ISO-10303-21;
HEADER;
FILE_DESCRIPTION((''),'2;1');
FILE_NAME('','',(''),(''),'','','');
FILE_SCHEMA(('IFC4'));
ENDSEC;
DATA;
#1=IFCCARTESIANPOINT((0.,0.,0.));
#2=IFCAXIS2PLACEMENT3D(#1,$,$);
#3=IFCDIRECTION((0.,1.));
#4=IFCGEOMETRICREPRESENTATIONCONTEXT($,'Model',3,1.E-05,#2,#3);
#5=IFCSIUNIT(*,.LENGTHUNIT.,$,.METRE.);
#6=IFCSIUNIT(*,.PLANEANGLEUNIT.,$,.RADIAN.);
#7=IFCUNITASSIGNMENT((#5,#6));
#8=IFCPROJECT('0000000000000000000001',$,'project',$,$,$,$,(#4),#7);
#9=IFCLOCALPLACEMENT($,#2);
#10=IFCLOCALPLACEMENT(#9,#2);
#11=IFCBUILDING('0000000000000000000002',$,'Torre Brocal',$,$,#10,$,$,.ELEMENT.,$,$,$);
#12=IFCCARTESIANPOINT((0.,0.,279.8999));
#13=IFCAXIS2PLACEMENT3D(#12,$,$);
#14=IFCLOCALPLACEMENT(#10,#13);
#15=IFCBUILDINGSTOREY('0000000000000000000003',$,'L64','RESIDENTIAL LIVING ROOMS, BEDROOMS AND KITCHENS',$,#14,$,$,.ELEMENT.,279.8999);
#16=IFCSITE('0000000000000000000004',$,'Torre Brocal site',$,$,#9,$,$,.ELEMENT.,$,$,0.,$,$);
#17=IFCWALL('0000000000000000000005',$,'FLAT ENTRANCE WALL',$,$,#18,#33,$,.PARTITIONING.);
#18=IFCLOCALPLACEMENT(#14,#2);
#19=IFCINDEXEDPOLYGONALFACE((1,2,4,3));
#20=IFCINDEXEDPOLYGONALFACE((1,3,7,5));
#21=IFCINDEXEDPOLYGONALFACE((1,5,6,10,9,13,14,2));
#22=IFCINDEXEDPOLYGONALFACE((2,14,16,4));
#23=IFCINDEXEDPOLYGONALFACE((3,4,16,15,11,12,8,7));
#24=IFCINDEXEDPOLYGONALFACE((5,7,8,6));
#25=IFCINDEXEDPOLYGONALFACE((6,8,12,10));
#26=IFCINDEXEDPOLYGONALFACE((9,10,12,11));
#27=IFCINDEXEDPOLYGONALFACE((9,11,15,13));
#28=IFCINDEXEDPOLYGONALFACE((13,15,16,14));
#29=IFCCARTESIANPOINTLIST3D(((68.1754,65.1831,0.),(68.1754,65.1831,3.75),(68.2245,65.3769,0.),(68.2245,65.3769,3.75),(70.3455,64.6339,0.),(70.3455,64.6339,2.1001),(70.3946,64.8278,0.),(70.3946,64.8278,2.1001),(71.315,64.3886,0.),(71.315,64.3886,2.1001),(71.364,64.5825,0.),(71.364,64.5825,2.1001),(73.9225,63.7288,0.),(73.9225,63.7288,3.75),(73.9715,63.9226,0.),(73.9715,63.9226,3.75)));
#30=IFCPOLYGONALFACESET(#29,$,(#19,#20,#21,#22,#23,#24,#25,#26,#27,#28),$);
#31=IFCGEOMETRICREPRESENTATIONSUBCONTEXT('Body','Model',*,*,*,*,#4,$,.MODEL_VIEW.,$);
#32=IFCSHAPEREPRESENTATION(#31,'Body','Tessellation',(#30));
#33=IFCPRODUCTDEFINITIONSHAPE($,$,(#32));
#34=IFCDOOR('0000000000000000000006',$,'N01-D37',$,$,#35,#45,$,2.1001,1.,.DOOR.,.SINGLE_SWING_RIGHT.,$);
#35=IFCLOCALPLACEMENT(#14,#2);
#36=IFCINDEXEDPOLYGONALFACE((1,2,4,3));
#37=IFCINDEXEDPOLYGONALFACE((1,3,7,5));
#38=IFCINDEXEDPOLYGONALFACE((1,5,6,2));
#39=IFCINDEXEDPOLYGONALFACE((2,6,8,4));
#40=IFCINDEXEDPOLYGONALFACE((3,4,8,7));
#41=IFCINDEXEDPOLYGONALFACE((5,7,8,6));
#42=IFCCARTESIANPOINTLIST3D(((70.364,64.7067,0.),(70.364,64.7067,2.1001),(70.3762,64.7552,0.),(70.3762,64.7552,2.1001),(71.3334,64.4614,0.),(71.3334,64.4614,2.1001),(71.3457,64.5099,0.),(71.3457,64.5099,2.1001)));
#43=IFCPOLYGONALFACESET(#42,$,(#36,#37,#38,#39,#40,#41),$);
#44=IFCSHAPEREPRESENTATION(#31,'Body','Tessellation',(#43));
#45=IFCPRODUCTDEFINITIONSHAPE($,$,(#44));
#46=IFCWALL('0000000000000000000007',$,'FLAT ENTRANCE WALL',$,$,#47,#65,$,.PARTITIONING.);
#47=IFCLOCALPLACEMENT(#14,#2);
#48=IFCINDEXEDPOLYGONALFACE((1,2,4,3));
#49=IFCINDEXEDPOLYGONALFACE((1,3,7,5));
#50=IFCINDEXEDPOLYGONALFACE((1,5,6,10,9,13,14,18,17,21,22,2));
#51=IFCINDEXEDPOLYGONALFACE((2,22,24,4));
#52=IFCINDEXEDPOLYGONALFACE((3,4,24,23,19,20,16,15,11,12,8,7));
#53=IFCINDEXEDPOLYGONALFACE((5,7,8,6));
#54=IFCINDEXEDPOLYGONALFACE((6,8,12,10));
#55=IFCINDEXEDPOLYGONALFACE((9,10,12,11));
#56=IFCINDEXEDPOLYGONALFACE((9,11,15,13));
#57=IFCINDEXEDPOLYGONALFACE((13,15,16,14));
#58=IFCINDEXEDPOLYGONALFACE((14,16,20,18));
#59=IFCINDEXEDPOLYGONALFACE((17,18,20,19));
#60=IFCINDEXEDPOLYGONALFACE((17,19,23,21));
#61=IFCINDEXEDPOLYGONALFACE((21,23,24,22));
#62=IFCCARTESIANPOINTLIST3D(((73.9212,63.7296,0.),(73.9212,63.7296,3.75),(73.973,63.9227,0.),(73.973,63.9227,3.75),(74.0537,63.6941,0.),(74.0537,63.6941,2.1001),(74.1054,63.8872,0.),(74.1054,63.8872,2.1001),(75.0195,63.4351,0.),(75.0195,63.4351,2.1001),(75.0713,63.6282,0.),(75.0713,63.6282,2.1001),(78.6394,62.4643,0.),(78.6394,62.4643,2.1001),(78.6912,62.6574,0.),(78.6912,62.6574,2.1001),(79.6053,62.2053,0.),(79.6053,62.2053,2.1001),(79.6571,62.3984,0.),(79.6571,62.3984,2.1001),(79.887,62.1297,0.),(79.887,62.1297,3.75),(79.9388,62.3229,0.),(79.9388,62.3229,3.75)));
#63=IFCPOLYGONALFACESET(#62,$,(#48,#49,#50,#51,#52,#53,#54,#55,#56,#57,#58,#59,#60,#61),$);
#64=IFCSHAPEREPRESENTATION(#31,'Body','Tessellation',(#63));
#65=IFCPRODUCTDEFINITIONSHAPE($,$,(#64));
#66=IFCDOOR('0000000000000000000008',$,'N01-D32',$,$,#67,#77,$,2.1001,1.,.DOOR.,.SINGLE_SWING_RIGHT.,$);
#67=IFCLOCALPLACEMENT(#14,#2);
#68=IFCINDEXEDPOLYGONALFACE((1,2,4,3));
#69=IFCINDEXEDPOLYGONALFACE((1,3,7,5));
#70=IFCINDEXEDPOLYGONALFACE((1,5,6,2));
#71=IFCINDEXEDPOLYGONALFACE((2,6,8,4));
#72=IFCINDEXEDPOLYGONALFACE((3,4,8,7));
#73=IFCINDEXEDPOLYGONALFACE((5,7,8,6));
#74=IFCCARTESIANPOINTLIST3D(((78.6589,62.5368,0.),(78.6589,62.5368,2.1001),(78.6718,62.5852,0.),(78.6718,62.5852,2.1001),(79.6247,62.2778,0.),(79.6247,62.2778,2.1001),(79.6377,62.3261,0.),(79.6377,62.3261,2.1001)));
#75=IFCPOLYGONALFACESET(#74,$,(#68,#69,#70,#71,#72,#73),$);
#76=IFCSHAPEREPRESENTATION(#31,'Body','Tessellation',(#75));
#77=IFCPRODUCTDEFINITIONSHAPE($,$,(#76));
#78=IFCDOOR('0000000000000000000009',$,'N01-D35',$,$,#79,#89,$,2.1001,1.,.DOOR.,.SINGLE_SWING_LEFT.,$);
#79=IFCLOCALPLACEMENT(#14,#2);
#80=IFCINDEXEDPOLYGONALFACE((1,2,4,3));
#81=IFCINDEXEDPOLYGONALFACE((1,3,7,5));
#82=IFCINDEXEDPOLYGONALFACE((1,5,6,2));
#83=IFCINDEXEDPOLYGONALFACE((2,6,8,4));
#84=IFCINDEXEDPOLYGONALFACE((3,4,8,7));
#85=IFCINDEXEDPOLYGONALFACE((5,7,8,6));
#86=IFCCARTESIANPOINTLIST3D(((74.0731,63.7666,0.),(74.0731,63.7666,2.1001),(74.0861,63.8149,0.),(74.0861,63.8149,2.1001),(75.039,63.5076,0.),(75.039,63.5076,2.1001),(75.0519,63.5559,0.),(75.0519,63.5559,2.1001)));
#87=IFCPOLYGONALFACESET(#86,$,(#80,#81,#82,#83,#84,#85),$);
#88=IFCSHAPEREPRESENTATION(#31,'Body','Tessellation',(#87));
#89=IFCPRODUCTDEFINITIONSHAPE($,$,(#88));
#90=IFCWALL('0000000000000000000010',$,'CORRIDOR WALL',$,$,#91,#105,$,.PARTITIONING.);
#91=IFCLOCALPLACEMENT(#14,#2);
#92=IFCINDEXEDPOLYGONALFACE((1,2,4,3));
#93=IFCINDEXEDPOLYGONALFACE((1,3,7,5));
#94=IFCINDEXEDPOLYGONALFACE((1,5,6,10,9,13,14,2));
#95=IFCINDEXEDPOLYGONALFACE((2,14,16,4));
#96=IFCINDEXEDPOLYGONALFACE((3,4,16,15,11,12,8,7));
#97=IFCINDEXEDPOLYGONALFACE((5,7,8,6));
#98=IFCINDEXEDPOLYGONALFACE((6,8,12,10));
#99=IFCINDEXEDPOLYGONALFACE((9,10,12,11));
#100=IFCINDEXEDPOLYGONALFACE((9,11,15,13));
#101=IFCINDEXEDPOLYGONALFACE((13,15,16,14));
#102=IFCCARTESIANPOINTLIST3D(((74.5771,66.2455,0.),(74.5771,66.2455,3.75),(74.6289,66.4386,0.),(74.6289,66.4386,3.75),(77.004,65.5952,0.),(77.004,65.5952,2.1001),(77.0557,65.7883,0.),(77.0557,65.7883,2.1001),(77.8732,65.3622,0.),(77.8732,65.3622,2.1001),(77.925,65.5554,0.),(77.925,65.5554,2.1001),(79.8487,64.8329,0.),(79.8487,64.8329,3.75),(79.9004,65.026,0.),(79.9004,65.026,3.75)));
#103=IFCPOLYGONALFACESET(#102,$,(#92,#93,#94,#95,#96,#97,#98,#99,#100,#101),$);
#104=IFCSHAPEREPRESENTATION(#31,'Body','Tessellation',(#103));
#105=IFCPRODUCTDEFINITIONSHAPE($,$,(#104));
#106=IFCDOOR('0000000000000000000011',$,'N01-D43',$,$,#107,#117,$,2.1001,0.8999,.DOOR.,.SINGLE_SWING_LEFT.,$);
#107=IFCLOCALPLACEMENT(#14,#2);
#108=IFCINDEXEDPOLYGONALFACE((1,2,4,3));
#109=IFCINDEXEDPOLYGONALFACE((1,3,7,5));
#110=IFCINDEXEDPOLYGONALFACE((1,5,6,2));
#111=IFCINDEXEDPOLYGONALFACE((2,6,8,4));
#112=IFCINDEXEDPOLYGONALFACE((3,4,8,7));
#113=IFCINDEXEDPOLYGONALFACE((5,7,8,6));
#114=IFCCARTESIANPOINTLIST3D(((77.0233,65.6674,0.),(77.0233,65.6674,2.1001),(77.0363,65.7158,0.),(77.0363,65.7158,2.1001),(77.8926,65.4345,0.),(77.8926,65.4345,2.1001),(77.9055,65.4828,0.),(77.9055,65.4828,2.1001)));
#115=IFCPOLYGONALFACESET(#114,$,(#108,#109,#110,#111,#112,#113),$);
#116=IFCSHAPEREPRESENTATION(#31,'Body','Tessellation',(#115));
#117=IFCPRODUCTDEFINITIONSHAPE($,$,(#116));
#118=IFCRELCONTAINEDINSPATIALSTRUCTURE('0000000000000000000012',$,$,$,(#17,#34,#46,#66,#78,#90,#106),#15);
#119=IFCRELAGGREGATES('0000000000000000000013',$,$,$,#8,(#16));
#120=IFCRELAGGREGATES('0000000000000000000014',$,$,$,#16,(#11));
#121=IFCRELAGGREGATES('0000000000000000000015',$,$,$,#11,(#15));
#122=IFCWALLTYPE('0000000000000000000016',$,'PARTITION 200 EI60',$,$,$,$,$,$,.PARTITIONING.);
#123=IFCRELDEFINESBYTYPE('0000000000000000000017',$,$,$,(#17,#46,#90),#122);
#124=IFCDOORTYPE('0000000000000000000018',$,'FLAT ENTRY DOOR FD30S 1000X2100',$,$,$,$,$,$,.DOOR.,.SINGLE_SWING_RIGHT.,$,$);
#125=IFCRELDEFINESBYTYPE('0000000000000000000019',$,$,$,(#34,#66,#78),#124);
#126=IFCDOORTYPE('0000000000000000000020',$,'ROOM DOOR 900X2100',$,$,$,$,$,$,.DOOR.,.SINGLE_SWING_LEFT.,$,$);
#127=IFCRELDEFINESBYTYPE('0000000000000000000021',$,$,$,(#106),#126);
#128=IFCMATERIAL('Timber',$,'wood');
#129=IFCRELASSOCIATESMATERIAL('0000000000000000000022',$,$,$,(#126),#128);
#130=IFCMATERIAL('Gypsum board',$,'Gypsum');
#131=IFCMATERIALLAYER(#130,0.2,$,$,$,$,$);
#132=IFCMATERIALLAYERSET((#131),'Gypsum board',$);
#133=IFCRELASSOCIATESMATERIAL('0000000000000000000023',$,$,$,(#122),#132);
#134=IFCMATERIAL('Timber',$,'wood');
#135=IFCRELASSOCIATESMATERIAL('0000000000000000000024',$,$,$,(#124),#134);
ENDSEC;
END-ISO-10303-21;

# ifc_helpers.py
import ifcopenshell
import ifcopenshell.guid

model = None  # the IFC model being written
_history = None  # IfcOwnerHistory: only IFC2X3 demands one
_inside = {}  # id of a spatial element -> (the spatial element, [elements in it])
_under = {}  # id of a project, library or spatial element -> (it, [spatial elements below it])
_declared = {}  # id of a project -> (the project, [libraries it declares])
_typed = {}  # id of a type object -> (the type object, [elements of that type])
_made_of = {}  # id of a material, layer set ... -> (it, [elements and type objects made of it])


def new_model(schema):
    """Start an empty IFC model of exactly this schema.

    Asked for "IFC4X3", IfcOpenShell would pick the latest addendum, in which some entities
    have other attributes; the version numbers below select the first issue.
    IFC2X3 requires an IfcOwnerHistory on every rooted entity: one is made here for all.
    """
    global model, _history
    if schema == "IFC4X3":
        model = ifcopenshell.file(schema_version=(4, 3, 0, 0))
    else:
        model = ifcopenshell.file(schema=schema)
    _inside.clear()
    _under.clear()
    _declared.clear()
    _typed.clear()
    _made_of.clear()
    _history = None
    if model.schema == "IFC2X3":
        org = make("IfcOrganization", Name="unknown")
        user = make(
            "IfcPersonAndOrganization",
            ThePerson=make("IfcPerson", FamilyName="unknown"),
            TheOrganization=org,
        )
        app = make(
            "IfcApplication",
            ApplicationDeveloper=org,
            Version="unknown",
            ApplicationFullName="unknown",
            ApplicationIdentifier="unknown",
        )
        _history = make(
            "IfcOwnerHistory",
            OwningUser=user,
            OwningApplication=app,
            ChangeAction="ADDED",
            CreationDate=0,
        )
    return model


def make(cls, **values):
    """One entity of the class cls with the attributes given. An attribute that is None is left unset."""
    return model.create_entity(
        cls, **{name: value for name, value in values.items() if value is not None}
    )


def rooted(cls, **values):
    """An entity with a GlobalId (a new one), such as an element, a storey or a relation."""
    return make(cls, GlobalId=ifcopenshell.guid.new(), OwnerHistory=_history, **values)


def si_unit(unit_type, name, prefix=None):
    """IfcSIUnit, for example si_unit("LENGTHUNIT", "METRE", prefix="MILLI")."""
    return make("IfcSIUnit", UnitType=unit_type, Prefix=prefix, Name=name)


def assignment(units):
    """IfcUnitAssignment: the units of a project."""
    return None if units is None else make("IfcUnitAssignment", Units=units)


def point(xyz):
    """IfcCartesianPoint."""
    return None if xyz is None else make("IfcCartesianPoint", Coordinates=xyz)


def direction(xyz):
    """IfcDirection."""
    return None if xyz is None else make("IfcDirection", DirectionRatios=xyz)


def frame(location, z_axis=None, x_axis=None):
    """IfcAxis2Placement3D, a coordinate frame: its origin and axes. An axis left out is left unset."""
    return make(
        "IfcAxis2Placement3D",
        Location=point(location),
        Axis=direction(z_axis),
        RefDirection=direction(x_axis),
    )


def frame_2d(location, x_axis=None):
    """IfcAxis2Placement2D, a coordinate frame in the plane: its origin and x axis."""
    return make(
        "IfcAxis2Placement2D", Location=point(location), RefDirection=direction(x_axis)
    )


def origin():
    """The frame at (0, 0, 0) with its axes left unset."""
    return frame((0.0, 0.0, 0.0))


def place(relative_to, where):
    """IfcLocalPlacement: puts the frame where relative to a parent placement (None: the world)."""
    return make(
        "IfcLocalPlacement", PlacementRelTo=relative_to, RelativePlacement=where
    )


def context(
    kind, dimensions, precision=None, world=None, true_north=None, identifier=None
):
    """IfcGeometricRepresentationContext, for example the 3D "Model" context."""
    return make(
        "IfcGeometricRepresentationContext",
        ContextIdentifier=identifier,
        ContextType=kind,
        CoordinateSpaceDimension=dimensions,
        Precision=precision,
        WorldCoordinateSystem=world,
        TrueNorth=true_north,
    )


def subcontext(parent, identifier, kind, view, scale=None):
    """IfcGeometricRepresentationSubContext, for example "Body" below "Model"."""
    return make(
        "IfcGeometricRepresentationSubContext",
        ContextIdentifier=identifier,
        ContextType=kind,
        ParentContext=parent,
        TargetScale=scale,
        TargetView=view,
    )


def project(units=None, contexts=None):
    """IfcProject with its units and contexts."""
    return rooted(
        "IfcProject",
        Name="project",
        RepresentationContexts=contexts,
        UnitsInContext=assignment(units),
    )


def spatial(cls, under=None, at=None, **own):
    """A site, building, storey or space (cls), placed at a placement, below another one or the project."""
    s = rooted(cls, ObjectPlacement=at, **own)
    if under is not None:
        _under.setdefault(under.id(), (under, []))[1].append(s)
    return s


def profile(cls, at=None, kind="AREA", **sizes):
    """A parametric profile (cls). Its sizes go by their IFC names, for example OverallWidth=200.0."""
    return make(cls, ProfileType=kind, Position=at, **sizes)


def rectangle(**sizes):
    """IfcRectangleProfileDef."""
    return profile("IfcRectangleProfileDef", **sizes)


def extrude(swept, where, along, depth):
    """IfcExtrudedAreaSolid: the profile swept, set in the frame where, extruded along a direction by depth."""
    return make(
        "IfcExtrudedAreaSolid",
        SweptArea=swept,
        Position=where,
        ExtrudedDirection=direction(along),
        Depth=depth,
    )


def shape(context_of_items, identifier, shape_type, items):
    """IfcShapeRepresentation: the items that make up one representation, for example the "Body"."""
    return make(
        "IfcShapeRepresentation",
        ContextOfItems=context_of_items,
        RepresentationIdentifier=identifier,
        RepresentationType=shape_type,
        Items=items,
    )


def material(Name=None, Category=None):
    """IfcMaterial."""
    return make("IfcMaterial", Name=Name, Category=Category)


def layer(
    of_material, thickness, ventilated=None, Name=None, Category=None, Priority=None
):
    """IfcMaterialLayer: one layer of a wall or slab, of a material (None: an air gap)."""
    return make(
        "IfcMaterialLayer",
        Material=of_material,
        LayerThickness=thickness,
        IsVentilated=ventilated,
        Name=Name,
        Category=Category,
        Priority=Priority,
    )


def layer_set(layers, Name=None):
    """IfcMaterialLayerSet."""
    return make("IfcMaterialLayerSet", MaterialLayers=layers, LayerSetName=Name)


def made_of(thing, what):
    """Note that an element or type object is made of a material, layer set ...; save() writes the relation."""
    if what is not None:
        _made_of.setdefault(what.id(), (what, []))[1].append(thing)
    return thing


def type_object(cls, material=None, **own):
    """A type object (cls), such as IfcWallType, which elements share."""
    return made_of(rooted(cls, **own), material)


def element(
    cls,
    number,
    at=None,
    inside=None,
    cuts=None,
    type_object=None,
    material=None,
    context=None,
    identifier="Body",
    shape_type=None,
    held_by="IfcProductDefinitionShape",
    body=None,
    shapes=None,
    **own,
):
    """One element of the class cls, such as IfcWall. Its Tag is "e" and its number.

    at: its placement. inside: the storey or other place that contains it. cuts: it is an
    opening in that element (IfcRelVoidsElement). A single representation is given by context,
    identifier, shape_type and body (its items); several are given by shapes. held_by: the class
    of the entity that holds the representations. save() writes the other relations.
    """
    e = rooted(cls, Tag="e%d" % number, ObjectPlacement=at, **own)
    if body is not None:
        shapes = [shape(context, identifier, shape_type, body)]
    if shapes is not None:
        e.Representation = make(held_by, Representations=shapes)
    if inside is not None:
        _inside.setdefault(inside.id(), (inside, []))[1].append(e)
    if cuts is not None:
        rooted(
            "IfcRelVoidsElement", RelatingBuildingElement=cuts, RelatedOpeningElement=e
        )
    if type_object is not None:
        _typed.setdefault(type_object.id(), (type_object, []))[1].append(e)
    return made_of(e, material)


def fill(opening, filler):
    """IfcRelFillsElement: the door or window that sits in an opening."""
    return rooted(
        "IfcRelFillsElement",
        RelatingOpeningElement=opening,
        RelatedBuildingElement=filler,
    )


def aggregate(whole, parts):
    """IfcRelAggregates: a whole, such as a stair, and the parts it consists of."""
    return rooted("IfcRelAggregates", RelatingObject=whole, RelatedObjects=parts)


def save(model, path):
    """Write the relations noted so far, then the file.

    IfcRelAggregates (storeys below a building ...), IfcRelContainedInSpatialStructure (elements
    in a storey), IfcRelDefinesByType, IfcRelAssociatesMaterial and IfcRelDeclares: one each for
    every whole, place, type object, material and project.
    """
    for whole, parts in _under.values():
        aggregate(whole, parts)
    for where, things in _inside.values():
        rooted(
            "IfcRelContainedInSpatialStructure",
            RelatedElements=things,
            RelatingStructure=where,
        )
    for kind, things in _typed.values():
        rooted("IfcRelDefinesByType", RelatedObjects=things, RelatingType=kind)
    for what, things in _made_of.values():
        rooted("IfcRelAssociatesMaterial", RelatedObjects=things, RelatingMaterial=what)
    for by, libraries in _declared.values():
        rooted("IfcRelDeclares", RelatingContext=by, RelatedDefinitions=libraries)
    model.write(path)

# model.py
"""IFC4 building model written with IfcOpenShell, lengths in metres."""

from ifc_helpers import new_model, si_unit, direction, frame, frame_2d, origin, place, context, subcontext, project, spatial, rectangle, extrude, material, layer, layer_set, type_object, element, fill, save


model = new_model("IFC4")

# Units and contexts
model_context = context("Model", 3, precision=1e-05, world=origin(), true_north=direction((0.0, 1.0)))
body_context = subcontext(model_context, "Body", "Model", "MODEL_VIEW")
ifc_project = project(units=[si_unit("LENGTHUNIT", "METRE"), si_unit("PLANEANGLEUNIT", "RADIAN")], contexts=[model_context])

# Site, building, storey
site_placement = place(None, origin())
site = spatial("IfcSite", under=ifc_project, at=site_placement, Name="Torre Brocal site", CompositionType="ELEMENT", RefElevation=0.0)
building_placement = place(site_placement, origin())
building = spatial("IfcBuilding", under=site, at=building_placement, Name="Torre Brocal", CompositionType="ELEMENT")
storey_placement = place(building_placement, frame((0.0, 0.0, 279.8999)))
storey = spatial("IfcBuildingStorey", under=building, at=storey_placement, Name="L64", Description="RESIDENTIAL LIVING ROOMS, BEDROOMS AND KITCHENS", CompositionType="ELEMENT", Elevation=279.8999)

# Wall, opening, door
ifc_material_1 = material(Name="Timber", Category="wood")
door_type_1 = type_object("IfcDoorType", Name="ROOM DOOR 900X2100", OperationType="SINGLE_SWING_LEFT", PredefinedType="DOOR", material=ifc_material_1)
ifc_material_2 = material(Name="Gypsum board", Category="Gypsum")
ifc_layer_1 = layer(ifc_material_2, 0.2)
ifc_layer_set_1 = layer_set([ifc_layer_1], Name="Gypsum board")
wall_type_1 = type_object("IfcWallType", Name="PARTITION 200 EI60", PredefinedType="PARTITIONING", material=ifc_layer_set_1)
wall_1_placement = place(storey_placement, frame((68.2, 65.28, 0.0), z_axis=(0.0, 0.0, 1.0), x_axis=(0.969441, -0.245325, 0.0)))
wall_1 = element("IfcWall", 1, at=wall_1_placement, inside=storey, type_object=wall_type_1, Name="FLAT ENTRANCE WALL", PredefinedType="PARTITIONING", context=body_context, shape_type="SweptSolid", body=[
    extrude(rectangle(XDim=5.9282, YDim=0.2, at=frame_2d((2.9641, 0.0))), origin(), (0.0, 0.0, 1.0), 3.75),
])
opening_1_placement = place(wall_1_placement, frame((2.2385, 0.0, 0.0)))
opening_1 = element("IfcOpeningElement", 2, at=opening_1_placement, cuts=wall_1, PredefinedType="OPENING", context=body_context, shape_type="SweptSolid", body=[
    extrude(rectangle(XDim=1.0, YDim=2.1001, at=frame_2d((0.5, 1.05))), frame((0.0, 0.1099, 0.0), z_axis=(0.0, -1.0, 0.0), x_axis=(1.0, 0.0, 0.0)), (0.0, 0.0, 1.0), 0.22),
])
ifc_material_3 = material(Name="Timber", Category="wood")
door_type_2 = type_object("IfcDoorType", Name="FLAT ENTRY DOOR FD30S 1000X2100", OperationType="SINGLE_SWING_RIGHT", PredefinedType="DOOR", material=ifc_material_3)
door_1_placement = place(opening_1_placement, frame((1.0, 0.0, 0.0), z_axis=(0.0, 0.0, 1.0), x_axis=(-1.0, 0.0, 0.0)))
door_1 = element("IfcDoor", 3, at=door_1_placement, inside=storey, type_object=door_type_2, Name="N01-D37", OperationType="SINGLE_SWING_RIGHT", OverallHeight=2.1001, OverallWidth=1.0, PredefinedType="DOOR", context=body_context, shape_type="SweptSolid", body=[
    extrude(rectangle(XDim=1.0, YDim=2.1001, at=frame_2d((0.5, 1.05))), frame((0.0, 0.0249, 0.0), z_axis=(0.0, -1.0, 0.0), x_axis=(1.0, 0.0, 0.0)), (0.0, 0.0, 1.0), 0.05),
])
fill(opening_1, door_1)

# Wall, openings, doors
wall_2_placement = place(storey_placement, frame((73.947, 63.8262, 0.0), z_axis=(0.0, 0.0, 1.0), x_axis=(0.965873, -0.259018, 0.0)))
wall_2 = element("IfcWall", 4, at=wall_2_placement, inside=storey, type_object=wall_type_1, Name="FLAT ENTRANCE WALL", PredefinedType="PARTITIONING", context=body_context, shape_type="SweptSolid", body=[
    extrude(rectangle(XDim=6.1765, YDim=0.2, at=frame_2d((3.0884, 0.0))), origin(), (0.0, 0.0, 1.0), 3.75),
])
opening_2_placement = place(wall_2_placement, frame((4.885, 0.0, 0.0)))
opening_2 = element("IfcOpeningElement", 5, at=opening_2_placement, cuts=wall_2, PredefinedType="OPENING", context=body_context, shape_type="SweptSolid", body=[
    extrude(rectangle(XDim=1.0, YDim=2.1001, at=frame_2d((0.5, 1.05))), frame((0.0, 0.1099, 0.0), z_axis=(0.0, -1.0, 0.0), x_axis=(1.0, 0.0, 0.0)), (0.0, 0.0, 1.0), 0.22),
])
opening_3_placement = place(wall_2_placement, frame((0.1372, 0.0, 0.0)))
opening_3 = element("IfcOpeningElement", 6, at=opening_3_placement, cuts=wall_2, PredefinedType="OPENING", context=body_context, shape_type="SweptSolid", body=[
    extrude(rectangle(XDim=1.0, YDim=2.1001, at=frame_2d((0.5, 1.05))), frame((0.0, 0.1099, 0.0), z_axis=(0.0, -1.0, 0.0), x_axis=(1.0, 0.0, 0.0)), (0.0, 0.0, 1.0), 0.22),
])
door_2_placement = place(opening_2_placement, frame((1.0, 0.0, 0.0), z_axis=(0.0, 0.0, 1.0), x_axis=(-1.0, 0.0, 0.0)))
door_2 = element("IfcDoor", 7, at=door_2_placement, inside=storey, type_object=door_type_2, Name="N01-D32", OperationType="SINGLE_SWING_RIGHT", OverallHeight=2.1001, OverallWidth=1.0, PredefinedType="DOOR", context=body_context, shape_type="SweptSolid", body=[
    extrude(rectangle(XDim=1.0, YDim=2.1001, at=frame_2d((0.5, 1.05))), frame((0.0, 0.0249, 0.0), z_axis=(0.0, -1.0, 0.0), x_axis=(1.0, 0.0, 0.0)), (0.0, 0.0, 1.0), 0.05),
])
fill(opening_2, door_2)
door_3_placement = place(opening_3_placement, frame((1.0, 0.0, 0.0), z_axis=(0.0, 0.0, 1.0), x_axis=(-1.0, 0.0, 0.0)))
door_3 = element("IfcDoor", 8, at=door_3_placement, inside=storey, type_object=door_type_2, Name="N01-D35", OperationType="SINGLE_SWING_LEFT", OverallHeight=2.1001, OverallWidth=1.0, PredefinedType="DOOR", context=body_context, shape_type="SweptSolid", body=[
    extrude(rectangle(XDim=1.0, YDim=2.1001, at=frame_2d((0.5, 1.05))), frame((0.0, 0.0249, 0.0), z_axis=(0.0, -1.0, 0.0), x_axis=(1.0, 0.0, 0.0)), (0.0, 0.0, 1.0), 0.05),
])
fill(opening_3, door_3)

# Wall, opening, door
wall_3_placement = place(storey_placement, frame((74.603, 66.342, 0.0), z_axis=(0.0, 0.0, 1.0), x_axis=(0.965921, -0.258837, 0.0)))
wall_3 = element("IfcWall", 9, at=wall_3_placement, inside=storey, type_object=wall_type_1, Name="CORRIDOR WALL", PredefinedType="PARTITIONING", context=body_context, shape_type="SweptSolid", body=[
    extrude(rectangle(XDim=5.4575, YDim=0.2, at=frame_2d((2.7288, 0.0))), origin(), (0.0, 0.0, 1.0), 3.75),
])
opening_4_placement = place(wall_3_placement, frame((2.5125, 0.0, 0.0)))
opening_4 = element("IfcOpeningElement", 10, at=opening_4_placement, cuts=wall_3, PredefinedType="OPENING", context=body_context, shape_type="SweptSolid", body=[
    extrude(rectangle(XDim=0.8999, YDim=2.1001, at=frame_2d((0.45, 1.05))), frame((0.0, 0.1099, 0.0), z_axis=(0.0, -1.0, 0.0), x_axis=(1.0, 0.0, 0.0)), (0.0, 0.0, 1.0), 0.22),
])
door_4_placement = place(opening_4_placement, origin())
door_4 = element("IfcDoor", 11, at=door_4_placement, inside=storey, type_object=door_type_1, Name="N01-D43", OperationType="SINGLE_SWING_LEFT", OverallHeight=2.1001, OverallWidth=0.8999, PredefinedType="DOOR", context=body_context, shape_type="SweptSolid", body=[
    extrude(rectangle(XDim=0.8999, YDim=2.1001, at=frame_2d((0.45, 1.05))), frame((0.0, 0.0249, 0.0), z_axis=(0.0, -1.0, 0.0), x_axis=(1.0, 0.0, 0.0)), (0.0, 0.0, 1.0), 0.05),
])
fill(opening_4, door_4)

save(model, "model.ifc")
